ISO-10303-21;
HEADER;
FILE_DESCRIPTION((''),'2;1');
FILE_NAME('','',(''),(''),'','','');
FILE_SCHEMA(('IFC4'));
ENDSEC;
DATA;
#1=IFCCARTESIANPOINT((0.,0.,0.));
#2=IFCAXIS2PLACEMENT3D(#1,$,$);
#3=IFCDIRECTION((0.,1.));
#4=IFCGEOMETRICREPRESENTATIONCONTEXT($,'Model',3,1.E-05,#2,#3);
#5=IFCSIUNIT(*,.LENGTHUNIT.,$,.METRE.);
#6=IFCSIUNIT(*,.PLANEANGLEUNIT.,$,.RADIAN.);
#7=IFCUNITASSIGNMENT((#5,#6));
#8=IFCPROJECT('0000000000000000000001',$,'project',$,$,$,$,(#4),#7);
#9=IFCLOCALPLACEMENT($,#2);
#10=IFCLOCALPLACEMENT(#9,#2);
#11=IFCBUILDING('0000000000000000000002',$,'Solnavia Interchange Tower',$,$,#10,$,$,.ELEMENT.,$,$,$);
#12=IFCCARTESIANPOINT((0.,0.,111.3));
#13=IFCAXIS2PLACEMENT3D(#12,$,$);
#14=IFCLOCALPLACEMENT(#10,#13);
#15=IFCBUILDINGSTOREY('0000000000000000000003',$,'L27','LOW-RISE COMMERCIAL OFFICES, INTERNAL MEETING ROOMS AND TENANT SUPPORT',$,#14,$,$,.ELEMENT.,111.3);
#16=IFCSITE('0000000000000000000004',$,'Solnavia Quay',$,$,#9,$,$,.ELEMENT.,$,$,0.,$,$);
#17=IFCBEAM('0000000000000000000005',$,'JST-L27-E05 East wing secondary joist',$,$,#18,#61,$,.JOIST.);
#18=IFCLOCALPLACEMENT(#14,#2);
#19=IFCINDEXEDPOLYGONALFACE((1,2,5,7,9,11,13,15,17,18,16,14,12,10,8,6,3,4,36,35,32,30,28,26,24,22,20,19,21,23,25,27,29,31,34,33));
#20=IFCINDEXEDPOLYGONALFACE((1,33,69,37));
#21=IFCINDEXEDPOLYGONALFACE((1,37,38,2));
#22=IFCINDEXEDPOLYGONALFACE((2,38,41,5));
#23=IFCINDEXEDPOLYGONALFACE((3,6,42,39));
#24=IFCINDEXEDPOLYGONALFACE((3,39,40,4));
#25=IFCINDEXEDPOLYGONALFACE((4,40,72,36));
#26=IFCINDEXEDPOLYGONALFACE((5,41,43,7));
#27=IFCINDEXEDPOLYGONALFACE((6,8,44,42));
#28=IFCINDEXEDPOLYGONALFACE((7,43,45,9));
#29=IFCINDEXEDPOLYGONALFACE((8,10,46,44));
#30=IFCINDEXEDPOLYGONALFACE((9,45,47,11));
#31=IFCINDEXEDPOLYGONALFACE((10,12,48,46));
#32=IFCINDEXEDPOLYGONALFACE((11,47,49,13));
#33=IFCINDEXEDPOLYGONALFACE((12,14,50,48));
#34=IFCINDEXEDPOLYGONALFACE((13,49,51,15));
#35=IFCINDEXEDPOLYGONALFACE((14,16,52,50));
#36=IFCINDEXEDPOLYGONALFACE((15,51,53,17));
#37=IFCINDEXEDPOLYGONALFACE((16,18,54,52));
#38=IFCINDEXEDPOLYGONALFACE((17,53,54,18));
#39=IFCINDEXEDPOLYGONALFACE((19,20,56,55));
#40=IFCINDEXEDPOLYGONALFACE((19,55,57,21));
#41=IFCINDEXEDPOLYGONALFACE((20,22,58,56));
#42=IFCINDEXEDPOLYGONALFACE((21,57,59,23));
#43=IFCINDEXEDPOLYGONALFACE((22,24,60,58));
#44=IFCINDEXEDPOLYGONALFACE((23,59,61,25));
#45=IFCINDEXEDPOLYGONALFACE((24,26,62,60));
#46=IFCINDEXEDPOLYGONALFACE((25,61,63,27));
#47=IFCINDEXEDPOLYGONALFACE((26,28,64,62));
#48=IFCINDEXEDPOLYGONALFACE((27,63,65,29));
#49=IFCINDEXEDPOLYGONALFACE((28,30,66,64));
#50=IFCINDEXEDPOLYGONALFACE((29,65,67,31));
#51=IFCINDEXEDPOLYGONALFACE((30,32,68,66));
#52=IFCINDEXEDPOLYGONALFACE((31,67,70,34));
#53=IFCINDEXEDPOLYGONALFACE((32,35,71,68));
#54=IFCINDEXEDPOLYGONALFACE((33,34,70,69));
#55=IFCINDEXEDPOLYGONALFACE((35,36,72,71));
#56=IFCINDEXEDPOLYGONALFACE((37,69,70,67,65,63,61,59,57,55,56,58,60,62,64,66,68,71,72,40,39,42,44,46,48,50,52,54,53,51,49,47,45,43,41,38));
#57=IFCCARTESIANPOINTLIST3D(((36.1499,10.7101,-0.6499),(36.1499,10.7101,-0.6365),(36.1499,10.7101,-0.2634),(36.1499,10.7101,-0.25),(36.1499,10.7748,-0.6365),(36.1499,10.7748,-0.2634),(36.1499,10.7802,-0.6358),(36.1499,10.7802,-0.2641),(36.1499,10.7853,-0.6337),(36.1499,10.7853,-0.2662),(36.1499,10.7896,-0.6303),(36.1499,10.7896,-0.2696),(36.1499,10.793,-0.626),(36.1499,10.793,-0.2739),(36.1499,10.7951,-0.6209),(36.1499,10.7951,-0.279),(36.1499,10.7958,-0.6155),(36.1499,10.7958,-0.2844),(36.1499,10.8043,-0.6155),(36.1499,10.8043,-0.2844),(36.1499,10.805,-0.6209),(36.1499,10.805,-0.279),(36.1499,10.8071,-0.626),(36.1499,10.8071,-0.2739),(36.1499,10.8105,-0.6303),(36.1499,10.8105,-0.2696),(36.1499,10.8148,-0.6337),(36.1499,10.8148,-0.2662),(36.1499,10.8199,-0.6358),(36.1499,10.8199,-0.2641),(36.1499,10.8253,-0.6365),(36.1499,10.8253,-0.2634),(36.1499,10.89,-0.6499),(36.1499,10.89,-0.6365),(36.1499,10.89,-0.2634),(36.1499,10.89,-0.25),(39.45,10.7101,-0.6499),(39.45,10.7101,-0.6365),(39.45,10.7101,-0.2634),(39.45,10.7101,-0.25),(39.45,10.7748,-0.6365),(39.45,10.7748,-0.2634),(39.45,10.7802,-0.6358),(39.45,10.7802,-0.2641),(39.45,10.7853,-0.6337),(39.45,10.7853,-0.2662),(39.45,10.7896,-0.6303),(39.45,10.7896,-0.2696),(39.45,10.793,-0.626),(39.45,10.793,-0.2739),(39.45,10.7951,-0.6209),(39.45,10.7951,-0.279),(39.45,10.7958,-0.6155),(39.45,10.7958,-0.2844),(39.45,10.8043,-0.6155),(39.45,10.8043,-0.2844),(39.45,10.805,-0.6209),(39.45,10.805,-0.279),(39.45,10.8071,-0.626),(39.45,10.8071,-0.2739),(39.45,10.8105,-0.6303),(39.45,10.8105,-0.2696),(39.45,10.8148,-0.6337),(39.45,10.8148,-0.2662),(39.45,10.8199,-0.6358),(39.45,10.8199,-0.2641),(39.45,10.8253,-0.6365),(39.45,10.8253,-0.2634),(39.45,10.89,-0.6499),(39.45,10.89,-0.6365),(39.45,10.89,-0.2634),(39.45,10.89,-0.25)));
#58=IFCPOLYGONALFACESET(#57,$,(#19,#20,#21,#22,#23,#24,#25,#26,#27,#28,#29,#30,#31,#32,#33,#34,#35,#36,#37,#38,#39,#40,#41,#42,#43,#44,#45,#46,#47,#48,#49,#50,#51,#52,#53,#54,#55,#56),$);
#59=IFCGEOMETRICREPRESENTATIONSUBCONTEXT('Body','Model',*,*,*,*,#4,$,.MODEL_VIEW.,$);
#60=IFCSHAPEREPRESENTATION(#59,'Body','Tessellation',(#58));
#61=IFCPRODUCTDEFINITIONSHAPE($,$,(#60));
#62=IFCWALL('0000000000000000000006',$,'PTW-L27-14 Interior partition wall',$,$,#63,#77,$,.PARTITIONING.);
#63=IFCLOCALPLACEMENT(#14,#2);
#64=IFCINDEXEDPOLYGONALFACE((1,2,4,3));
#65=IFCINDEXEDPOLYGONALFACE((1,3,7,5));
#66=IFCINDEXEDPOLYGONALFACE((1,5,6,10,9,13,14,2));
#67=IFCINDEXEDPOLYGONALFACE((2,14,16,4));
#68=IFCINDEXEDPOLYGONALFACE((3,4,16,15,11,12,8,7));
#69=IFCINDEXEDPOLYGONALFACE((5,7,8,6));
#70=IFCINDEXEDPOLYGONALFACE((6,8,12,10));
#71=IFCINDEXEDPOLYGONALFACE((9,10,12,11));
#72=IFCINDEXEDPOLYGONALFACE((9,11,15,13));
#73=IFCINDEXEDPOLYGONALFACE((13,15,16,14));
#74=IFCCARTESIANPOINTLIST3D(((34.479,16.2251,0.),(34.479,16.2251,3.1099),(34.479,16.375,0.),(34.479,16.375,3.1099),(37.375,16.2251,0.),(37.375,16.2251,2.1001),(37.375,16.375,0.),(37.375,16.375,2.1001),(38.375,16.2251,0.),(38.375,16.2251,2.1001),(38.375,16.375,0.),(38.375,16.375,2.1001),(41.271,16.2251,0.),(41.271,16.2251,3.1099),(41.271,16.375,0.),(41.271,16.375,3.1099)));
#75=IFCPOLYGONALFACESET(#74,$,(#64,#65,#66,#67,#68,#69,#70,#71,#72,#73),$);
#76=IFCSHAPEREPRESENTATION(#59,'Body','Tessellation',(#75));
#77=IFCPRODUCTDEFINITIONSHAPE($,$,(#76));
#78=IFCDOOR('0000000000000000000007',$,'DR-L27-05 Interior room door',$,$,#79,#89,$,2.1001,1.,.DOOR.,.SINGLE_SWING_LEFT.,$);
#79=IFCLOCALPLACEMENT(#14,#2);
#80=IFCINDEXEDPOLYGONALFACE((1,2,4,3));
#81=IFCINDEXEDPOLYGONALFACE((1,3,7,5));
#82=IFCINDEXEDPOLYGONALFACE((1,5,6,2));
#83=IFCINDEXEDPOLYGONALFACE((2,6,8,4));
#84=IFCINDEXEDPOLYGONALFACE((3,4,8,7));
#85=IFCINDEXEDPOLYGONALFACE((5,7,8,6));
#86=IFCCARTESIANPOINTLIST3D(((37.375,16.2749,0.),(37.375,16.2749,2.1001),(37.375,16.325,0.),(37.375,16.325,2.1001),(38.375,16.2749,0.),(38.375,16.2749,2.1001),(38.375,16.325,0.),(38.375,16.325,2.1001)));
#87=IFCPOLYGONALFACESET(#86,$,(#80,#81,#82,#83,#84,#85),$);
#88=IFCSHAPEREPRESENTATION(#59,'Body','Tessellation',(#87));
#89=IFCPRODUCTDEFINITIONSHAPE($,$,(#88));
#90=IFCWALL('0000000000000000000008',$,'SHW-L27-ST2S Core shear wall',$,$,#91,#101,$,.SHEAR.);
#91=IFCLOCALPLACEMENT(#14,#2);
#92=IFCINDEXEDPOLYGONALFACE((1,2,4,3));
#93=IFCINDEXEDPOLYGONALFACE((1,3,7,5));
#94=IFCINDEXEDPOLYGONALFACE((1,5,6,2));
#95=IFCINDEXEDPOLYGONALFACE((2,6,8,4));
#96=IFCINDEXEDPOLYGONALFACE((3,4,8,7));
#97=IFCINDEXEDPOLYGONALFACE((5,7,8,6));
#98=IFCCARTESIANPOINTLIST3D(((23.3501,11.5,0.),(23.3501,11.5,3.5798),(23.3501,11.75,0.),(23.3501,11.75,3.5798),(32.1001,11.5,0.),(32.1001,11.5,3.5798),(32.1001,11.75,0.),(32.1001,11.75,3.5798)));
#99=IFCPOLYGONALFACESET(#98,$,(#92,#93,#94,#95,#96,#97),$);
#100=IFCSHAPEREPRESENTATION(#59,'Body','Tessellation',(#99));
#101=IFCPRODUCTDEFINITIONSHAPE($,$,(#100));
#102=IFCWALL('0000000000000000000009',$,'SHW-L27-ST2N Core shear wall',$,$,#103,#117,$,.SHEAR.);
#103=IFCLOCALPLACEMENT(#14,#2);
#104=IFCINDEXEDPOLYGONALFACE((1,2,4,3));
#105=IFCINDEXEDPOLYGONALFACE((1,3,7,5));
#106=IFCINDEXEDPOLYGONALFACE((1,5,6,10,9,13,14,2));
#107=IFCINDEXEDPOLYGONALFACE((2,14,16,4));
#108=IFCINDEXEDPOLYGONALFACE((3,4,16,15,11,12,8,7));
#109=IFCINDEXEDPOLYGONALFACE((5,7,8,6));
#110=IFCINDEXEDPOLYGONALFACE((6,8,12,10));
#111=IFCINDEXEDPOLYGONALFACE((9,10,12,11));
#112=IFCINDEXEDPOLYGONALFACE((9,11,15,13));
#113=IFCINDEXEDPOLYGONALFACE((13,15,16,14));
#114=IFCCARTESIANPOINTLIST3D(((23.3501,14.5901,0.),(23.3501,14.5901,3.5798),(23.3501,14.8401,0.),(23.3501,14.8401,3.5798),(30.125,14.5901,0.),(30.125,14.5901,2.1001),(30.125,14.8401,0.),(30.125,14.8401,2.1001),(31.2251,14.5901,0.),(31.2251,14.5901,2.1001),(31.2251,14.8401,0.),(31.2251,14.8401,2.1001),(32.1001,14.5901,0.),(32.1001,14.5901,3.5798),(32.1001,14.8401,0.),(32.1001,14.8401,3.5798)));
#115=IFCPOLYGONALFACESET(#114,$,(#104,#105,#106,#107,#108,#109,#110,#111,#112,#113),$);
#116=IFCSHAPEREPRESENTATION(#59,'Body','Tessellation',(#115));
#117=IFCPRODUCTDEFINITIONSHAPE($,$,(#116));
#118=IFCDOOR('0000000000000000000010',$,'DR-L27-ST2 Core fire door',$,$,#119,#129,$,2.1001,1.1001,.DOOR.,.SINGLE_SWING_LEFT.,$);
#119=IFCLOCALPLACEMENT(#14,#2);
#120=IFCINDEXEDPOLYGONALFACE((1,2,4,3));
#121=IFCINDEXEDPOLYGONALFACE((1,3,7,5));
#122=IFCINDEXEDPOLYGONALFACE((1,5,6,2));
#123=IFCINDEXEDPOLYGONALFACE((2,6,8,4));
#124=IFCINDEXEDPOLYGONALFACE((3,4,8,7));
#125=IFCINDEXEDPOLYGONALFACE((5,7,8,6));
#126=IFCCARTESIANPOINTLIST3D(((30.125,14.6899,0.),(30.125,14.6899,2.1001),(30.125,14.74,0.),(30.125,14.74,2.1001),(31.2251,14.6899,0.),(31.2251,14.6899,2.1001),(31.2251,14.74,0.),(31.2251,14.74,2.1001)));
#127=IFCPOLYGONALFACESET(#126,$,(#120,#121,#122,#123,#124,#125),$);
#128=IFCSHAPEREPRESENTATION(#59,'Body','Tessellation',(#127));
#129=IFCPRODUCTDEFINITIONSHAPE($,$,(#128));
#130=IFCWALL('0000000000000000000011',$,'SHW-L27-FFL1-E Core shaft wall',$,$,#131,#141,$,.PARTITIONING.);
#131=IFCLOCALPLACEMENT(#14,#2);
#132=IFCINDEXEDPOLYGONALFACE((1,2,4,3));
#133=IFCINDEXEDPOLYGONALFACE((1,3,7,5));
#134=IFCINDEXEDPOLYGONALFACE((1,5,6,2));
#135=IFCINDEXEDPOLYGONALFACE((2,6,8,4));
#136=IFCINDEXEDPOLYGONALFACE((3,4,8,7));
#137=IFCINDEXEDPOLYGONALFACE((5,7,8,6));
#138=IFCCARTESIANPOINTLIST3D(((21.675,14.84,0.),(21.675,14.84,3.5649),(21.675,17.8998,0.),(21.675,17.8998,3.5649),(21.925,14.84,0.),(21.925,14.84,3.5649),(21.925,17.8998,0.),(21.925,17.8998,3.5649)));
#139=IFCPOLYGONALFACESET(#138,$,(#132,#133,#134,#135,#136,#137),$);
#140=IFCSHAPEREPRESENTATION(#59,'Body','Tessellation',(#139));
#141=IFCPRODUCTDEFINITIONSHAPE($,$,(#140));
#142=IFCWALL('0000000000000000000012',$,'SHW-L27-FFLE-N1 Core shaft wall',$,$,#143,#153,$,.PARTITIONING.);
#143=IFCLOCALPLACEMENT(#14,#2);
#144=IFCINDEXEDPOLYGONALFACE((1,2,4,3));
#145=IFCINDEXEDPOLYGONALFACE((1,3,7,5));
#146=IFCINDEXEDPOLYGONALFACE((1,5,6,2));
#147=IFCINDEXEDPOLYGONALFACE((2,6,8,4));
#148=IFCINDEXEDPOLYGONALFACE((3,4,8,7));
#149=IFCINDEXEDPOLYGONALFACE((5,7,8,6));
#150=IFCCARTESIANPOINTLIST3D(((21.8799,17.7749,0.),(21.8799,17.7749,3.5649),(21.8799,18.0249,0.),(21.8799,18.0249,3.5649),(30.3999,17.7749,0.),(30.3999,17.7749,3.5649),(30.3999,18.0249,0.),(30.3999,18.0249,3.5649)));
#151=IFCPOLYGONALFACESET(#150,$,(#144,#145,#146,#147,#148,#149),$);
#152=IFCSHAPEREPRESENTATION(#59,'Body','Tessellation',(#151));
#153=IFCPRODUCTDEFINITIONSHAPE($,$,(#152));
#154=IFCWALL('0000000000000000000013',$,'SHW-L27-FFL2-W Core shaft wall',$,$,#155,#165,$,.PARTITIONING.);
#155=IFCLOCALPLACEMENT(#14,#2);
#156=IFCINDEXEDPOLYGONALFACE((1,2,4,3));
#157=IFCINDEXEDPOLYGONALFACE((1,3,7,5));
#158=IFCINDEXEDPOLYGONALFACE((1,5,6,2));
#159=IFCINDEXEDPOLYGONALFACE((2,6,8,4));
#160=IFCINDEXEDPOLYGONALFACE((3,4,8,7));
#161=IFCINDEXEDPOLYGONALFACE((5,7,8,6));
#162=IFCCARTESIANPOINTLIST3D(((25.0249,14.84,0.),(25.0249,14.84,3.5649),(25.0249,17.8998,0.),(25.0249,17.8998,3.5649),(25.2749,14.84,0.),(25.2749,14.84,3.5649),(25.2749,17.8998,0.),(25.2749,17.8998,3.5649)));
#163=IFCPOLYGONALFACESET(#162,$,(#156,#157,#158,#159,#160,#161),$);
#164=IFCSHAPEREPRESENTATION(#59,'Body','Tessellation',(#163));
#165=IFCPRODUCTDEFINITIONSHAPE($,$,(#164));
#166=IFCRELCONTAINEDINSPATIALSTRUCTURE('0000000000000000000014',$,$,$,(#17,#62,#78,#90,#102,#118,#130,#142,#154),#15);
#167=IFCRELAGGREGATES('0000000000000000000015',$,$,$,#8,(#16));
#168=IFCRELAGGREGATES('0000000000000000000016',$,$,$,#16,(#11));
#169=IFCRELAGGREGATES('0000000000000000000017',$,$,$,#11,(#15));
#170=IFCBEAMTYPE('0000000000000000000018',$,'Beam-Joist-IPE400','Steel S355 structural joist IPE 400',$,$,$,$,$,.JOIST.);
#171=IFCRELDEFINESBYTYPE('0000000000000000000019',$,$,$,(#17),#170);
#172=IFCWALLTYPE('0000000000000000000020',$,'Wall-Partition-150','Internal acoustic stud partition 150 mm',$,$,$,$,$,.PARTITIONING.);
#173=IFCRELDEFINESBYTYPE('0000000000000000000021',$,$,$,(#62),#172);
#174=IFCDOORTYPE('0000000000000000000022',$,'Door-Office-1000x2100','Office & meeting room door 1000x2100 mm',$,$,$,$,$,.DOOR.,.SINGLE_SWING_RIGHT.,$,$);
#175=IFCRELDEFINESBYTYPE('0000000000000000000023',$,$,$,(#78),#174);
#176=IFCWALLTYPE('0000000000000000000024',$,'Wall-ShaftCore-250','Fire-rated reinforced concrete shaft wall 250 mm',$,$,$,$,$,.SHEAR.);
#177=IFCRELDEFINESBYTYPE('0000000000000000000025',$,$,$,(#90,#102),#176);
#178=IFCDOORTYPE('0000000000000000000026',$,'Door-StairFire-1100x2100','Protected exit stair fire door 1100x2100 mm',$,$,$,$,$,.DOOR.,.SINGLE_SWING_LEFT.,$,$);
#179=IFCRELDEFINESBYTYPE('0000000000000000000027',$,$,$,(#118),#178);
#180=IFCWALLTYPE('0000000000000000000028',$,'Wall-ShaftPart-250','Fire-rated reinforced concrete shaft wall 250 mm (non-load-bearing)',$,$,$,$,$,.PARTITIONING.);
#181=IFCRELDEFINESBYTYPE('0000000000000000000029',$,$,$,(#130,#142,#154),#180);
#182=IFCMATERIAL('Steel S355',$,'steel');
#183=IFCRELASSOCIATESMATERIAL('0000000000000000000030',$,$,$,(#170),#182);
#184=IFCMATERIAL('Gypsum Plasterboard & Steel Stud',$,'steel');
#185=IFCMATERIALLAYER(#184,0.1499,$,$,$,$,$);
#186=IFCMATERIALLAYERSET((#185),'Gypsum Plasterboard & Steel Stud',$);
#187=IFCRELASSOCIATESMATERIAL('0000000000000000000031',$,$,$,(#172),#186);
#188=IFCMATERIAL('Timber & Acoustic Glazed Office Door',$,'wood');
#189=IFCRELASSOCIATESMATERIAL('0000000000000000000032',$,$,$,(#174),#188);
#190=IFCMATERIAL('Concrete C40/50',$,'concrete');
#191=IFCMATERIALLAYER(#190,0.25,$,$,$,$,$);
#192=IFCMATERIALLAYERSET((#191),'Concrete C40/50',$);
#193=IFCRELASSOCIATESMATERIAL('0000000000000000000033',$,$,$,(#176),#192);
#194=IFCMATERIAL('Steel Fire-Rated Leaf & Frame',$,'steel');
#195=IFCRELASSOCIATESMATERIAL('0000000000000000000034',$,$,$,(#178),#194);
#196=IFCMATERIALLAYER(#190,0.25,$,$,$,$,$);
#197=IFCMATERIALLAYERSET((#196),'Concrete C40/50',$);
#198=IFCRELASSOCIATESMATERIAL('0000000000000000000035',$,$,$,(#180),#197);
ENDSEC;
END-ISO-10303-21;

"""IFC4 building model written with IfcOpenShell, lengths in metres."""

from ifc_helpers import new_model, si_unit, direction, frame, frame_2d, origin, origin_2d, place, context, subcontext, project, spatial, rectangle, i_section, extrude, material, layer, layer_set, material_profile, profile_set, type_object, element, fill, save


model = new_model("IFC4")

# Units and contexts
model_context = context("Model", 3, precision=1e-05, world=origin(), true_north=direction((0.0, 1.0)))
body_context = subcontext(model_context, "Body", "Model", "MODEL_VIEW")
ifc_project = project(units=[si_unit("LENGTHUNIT", "METRE"), si_unit("PLANEANGLEUNIT", "RADIAN")], contexts=[model_context])

# Site, building, storey
site_placement = place(None, origin())
site = spatial("IfcSite", under=ifc_project, at=site_placement, Name="Solnavia Quay", CompositionType="ELEMENT", RefElevation=0.0)
building_placement = place(site_placement, origin())
building = spatial("IfcBuilding", under=site, at=building_placement, Name="Solnavia Interchange Tower", CompositionType="ELEMENT")
storey_placement = place(building_placement, frame((0.0, 0.0, 111.3)))
storey = spatial("IfcBuildingStorey", under=building, at=storey_placement, Name="L27", Description="LOW-RISE COMMERCIAL OFFICES, INTERNAL MEETING ROOMS AND TENANT SUPPORT", CompositionType="ELEMENT", Elevation=111.3)

# Shared definitions
ifc_material_1 = material(Name="Steel S355", Category="steel")

# Beam
ifc_material_profile_1 = material_profile(ifc_material_1, i_section(OverallWidth=0.1799, OverallDepth=0.3999, WebThickness=0.0085, FlangeThickness=0.0134, FilletRadius=0.021, at=origin_2d()), Name="IPE 400")
ifc_profile_set_1 = profile_set([ifc_material_profile_1], Name="Steel S355")
beam_type_1 = type_object("IfcBeamType", Name="Beam-Joist-IPE400", Description="Steel S355 structural joist IPE 400", PredefinedType="JOIST", material=ifc_profile_set_1)
beam_1_placement = place(storey_placement, frame((36.1499, 10.8, -0.45), z_axis=(1.0, 0.0, 0.0), x_axis=(0.0, 1.0, 0.0)))
element("IfcBeam", 1, at=beam_1_placement, inside=storey, type_object=beam_type_1, Name="JST-L27-E05 East wing secondary joist", PredefinedType="JOIST", context=body_context, shape_type="SweptSolid", body=[
    extrude(i_section(OverallWidth=0.1799, OverallDepth=0.3999, WebThickness=0.0085, FlangeThickness=0.0134, FilletRadius=0.021, at=origin_2d()), origin(), (0.0, 0.0, 1.0), 3.3),
])

# Wall, opening, door
ifc_material_2 = material(Name="Gypsum Plasterboard & Steel Stud", Category="steel")
ifc_layer_1 = layer(ifc_material_2, 0.1499)
ifc_layer_set_1 = layer_set([ifc_layer_1], Name="Gypsum Plasterboard & Steel Stud")
wall_type_1 = type_object("IfcWallType", Name="Wall-Partition-150", Description="Internal acoustic stud partition 150 mm", PredefinedType="PARTITIONING", material=ifc_layer_set_1)
wall_1_placement = place(storey_placement, frame((34.479, 16.3, 0.0), z_axis=(0.0, 0.0, 1.0), x_axis=(1.0, 0.0, 0.0)))
wall_1 = element("IfcWall", 2, at=wall_1_placement, inside=storey, type_object=wall_type_1, Name="PTW-L27-14 Interior partition wall", PredefinedType="PARTITIONING", context=body_context, shape_type="SweptSolid", body=[
    extrude(rectangle(XDim=6.792, YDim=0.1499, at=frame_2d((3.396, 0.0))), origin(), (0.0, 0.0, 1.0), 3.1099),
])
opening_1_placement = place(wall_1_placement, frame((2.896, 0.0, 0.0)))
opening_1 = element("IfcOpeningElement", 3, at=opening_1_placement, cuts=wall_1, PredefinedType="OPENING", context=body_context, shape_type="SweptSolid", body=[
    extrude(rectangle(XDim=1.0, YDim=2.1001, at=frame_2d((0.5, 1.05))), frame((0.0, 0.085, 0.0), z_axis=(0.0, -1.0, 0.0), x_axis=(1.0, 0.0, 0.0)), (0.0, 0.0, 1.0), 0.1699),
])
ifc_material_3 = material(Name="Timber & Acoustic Glazed Office Door", Category="wood")
door_type_1 = type_object("IfcDoorType", Name="Door-Office-1000x2100", Description="Office & meeting room door 1000x2100 mm", OperationType="SINGLE_SWING_RIGHT", PredefinedType="DOOR", material=ifc_material_3)
door_1_placement = place(opening_1_placement, origin())
door_1 = element("IfcDoor", 4, at=door_1_placement, inside=storey, type_object=door_type_1, Name="DR-L27-05 Interior room door", OperationType="SINGLE_SWING_LEFT", OverallHeight=2.1001, OverallWidth=1.0, PredefinedType="DOOR", context=body_context, shape_type="SweptSolid", body=[
    extrude(rectangle(XDim=1.0, YDim=2.1001, at=frame_2d((0.5, 1.05))), frame((0.0, 0.0249, 0.0), z_axis=(0.0, -1.0, 0.0), x_axis=(1.0, 0.0, 0.0)), (0.0, 0.0, 1.0), 0.05),
])
fill(opening_1, door_1)

# Wall
ifc_material_4 = material(Name="Concrete C40/50", Category="concrete")
ifc_layer_2 = layer(ifc_material_4, 0.25)
ifc_layer_set_2 = layer_set([ifc_layer_2], Name="Concrete C40/50")
wall_type_2 = type_object("IfcWallType", Name="Wall-ShaftCore-250", Description="Fire-rated reinforced concrete shaft wall 250 mm", PredefinedType="SHEAR", material=ifc_layer_set_2)
wall_2_placement = place(storey_placement, frame((23.3501, 11.625, 0.0), z_axis=(0.0, 0.0, 1.0), x_axis=(1.0, 0.0, 0.0)))
element("IfcWall", 5, at=wall_2_placement, inside=storey, type_object=wall_type_2, Name="SHW-L27-ST2S Core shear wall", PredefinedType="SHEAR", context=body_context, shape_type="SweptSolid", body=[
    extrude(rectangle(XDim=8.75, YDim=0.25, at=frame_2d((4.375, 0.0))), origin(), (0.0, 0.0, 1.0), 3.5798),
])

# Wall, opening, door
wall_3_placement = place(storey_placement, frame((23.3501, 14.7151, 0.0), z_axis=(0.0, 0.0, 1.0), x_axis=(1.0, 0.0, 0.0)))
wall_3 = element("IfcWall", 6, at=wall_3_placement, inside=storey, type_object=wall_type_2, Name="SHW-L27-ST2N Core shear wall", PredefinedType="SHEAR", context=body_context, shape_type="SweptSolid", body=[
    extrude(rectangle(XDim=8.75, YDim=0.25, at=frame_2d((4.375, 0.0))), origin(), (0.0, 0.0, 1.0), 3.5798),
])
opening_2_placement = place(wall_3_placement, frame((6.7749, 0.0, 0.0)))
opening_2 = element("IfcOpeningElement", 7, at=opening_2_placement, cuts=wall_3, PredefinedType="OPENING", context=body_context, shape_type="SweptSolid", body=[
    extrude(rectangle(XDim=1.1001, YDim=2.1001, at=frame_2d((0.55, 1.05))), frame((0.0, 0.135, 0.0), z_axis=(0.0, -1.0, 0.0), x_axis=(1.0, 0.0, 0.0)), (0.0, 0.0, 1.0), 0.27),
])
ifc_material_5 = material(Name="Steel Fire-Rated Leaf & Frame", Category="steel")
door_type_2 = type_object("IfcDoorType", Name="Door-StairFire-1100x2100", Description="Protected exit stair fire door 1100x2100 mm", OperationType="SINGLE_SWING_LEFT", PredefinedType="DOOR", material=ifc_material_5)
door_2_placement = place(opening_2_placement, origin())
door_2 = element("IfcDoor", 8, at=door_2_placement, inside=storey, type_object=door_type_2, Name="DR-L27-ST2 Core fire door", OperationType="SINGLE_SWING_LEFT", OverallHeight=2.1001, OverallWidth=1.1001, PredefinedType="DOOR", context=body_context, shape_type="SweptSolid", body=[
    extrude(rectangle(XDim=1.1001, YDim=2.1001, at=frame_2d((0.55, 1.05))), frame((0.0, 0.0249, 0.0), z_axis=(0.0, -1.0, 0.0), x_axis=(1.0, 0.0, 0.0)), (0.0, 0.0, 1.0), 0.05),
])
fill(opening_2, door_2)

# Walls
ifc_layer_3 = layer(ifc_material_4, 0.25)
ifc_layer_set_3 = layer_set([ifc_layer_3], Name="Concrete C40/50")
wall_type_3 = type_object("IfcWallType", Name="Wall-ShaftPart-250", Description="Fire-rated reinforced concrete shaft wall 250 mm (non-load-bearing)", PredefinedType="PARTITIONING", material=ifc_layer_set_3)
wall_4_placement = place(storey_placement, frame((21.8, 14.8401, 0.0), z_axis=(0.0, 0.0, 1.0), x_axis=(0.0, 1.0, 0.0)))
element("IfcWall", 9, at=wall_4_placement, inside=storey, type_object=wall_type_3, Name="SHW-L27-FFL1-E Core shaft wall", PredefinedType="PARTITIONING", context=body_context, shape_type="SweptSolid", body=[
    extrude(rectangle(XDim=3.0598, YDim=0.25, at=frame_2d((1.5298, 0.0))), origin(), (0.0, 0.0, 1.0), 3.5649),
])
wall_5_placement = place(storey_placement, frame((21.8799, 17.8999, 0.0), z_axis=(0.0, 0.0, 1.0), x_axis=(1.0, 0.0, 0.0)))
element("IfcWall", 10, at=wall_5_placement, inside=storey, type_object=wall_type_3, Name="SHW-L27-FFLE-N1 Core shaft wall", PredefinedType="PARTITIONING", context=body_context, shape_type="SweptSolid", body=[
    extrude(rectangle(XDim=8.52, YDim=0.25, at=frame_2d((4.26, 0.0))), origin(), (0.0, 0.0, 1.0), 3.5649),
])
wall_6_placement = place(storey_placement, frame((25.1499, 14.8401, 0.0), z_axis=(0.0, 0.0, 1.0), x_axis=(0.0, 1.0, 0.0)))
element("IfcWall", 11, at=wall_6_placement, inside=storey, type_object=wall_type_3, Name="SHW-L27-FFL2-W Core shaft wall", PredefinedType="PARTITIONING", context=body_context, shape_type="SweptSolid", body=[
    extrude(rectangle(XDim=3.0598, YDim=0.25, at=frame_2d((1.5298, 0.0))), origin(), (0.0, 0.0, 1.0), 3.5649),
])

save(model, "model.ifc")
